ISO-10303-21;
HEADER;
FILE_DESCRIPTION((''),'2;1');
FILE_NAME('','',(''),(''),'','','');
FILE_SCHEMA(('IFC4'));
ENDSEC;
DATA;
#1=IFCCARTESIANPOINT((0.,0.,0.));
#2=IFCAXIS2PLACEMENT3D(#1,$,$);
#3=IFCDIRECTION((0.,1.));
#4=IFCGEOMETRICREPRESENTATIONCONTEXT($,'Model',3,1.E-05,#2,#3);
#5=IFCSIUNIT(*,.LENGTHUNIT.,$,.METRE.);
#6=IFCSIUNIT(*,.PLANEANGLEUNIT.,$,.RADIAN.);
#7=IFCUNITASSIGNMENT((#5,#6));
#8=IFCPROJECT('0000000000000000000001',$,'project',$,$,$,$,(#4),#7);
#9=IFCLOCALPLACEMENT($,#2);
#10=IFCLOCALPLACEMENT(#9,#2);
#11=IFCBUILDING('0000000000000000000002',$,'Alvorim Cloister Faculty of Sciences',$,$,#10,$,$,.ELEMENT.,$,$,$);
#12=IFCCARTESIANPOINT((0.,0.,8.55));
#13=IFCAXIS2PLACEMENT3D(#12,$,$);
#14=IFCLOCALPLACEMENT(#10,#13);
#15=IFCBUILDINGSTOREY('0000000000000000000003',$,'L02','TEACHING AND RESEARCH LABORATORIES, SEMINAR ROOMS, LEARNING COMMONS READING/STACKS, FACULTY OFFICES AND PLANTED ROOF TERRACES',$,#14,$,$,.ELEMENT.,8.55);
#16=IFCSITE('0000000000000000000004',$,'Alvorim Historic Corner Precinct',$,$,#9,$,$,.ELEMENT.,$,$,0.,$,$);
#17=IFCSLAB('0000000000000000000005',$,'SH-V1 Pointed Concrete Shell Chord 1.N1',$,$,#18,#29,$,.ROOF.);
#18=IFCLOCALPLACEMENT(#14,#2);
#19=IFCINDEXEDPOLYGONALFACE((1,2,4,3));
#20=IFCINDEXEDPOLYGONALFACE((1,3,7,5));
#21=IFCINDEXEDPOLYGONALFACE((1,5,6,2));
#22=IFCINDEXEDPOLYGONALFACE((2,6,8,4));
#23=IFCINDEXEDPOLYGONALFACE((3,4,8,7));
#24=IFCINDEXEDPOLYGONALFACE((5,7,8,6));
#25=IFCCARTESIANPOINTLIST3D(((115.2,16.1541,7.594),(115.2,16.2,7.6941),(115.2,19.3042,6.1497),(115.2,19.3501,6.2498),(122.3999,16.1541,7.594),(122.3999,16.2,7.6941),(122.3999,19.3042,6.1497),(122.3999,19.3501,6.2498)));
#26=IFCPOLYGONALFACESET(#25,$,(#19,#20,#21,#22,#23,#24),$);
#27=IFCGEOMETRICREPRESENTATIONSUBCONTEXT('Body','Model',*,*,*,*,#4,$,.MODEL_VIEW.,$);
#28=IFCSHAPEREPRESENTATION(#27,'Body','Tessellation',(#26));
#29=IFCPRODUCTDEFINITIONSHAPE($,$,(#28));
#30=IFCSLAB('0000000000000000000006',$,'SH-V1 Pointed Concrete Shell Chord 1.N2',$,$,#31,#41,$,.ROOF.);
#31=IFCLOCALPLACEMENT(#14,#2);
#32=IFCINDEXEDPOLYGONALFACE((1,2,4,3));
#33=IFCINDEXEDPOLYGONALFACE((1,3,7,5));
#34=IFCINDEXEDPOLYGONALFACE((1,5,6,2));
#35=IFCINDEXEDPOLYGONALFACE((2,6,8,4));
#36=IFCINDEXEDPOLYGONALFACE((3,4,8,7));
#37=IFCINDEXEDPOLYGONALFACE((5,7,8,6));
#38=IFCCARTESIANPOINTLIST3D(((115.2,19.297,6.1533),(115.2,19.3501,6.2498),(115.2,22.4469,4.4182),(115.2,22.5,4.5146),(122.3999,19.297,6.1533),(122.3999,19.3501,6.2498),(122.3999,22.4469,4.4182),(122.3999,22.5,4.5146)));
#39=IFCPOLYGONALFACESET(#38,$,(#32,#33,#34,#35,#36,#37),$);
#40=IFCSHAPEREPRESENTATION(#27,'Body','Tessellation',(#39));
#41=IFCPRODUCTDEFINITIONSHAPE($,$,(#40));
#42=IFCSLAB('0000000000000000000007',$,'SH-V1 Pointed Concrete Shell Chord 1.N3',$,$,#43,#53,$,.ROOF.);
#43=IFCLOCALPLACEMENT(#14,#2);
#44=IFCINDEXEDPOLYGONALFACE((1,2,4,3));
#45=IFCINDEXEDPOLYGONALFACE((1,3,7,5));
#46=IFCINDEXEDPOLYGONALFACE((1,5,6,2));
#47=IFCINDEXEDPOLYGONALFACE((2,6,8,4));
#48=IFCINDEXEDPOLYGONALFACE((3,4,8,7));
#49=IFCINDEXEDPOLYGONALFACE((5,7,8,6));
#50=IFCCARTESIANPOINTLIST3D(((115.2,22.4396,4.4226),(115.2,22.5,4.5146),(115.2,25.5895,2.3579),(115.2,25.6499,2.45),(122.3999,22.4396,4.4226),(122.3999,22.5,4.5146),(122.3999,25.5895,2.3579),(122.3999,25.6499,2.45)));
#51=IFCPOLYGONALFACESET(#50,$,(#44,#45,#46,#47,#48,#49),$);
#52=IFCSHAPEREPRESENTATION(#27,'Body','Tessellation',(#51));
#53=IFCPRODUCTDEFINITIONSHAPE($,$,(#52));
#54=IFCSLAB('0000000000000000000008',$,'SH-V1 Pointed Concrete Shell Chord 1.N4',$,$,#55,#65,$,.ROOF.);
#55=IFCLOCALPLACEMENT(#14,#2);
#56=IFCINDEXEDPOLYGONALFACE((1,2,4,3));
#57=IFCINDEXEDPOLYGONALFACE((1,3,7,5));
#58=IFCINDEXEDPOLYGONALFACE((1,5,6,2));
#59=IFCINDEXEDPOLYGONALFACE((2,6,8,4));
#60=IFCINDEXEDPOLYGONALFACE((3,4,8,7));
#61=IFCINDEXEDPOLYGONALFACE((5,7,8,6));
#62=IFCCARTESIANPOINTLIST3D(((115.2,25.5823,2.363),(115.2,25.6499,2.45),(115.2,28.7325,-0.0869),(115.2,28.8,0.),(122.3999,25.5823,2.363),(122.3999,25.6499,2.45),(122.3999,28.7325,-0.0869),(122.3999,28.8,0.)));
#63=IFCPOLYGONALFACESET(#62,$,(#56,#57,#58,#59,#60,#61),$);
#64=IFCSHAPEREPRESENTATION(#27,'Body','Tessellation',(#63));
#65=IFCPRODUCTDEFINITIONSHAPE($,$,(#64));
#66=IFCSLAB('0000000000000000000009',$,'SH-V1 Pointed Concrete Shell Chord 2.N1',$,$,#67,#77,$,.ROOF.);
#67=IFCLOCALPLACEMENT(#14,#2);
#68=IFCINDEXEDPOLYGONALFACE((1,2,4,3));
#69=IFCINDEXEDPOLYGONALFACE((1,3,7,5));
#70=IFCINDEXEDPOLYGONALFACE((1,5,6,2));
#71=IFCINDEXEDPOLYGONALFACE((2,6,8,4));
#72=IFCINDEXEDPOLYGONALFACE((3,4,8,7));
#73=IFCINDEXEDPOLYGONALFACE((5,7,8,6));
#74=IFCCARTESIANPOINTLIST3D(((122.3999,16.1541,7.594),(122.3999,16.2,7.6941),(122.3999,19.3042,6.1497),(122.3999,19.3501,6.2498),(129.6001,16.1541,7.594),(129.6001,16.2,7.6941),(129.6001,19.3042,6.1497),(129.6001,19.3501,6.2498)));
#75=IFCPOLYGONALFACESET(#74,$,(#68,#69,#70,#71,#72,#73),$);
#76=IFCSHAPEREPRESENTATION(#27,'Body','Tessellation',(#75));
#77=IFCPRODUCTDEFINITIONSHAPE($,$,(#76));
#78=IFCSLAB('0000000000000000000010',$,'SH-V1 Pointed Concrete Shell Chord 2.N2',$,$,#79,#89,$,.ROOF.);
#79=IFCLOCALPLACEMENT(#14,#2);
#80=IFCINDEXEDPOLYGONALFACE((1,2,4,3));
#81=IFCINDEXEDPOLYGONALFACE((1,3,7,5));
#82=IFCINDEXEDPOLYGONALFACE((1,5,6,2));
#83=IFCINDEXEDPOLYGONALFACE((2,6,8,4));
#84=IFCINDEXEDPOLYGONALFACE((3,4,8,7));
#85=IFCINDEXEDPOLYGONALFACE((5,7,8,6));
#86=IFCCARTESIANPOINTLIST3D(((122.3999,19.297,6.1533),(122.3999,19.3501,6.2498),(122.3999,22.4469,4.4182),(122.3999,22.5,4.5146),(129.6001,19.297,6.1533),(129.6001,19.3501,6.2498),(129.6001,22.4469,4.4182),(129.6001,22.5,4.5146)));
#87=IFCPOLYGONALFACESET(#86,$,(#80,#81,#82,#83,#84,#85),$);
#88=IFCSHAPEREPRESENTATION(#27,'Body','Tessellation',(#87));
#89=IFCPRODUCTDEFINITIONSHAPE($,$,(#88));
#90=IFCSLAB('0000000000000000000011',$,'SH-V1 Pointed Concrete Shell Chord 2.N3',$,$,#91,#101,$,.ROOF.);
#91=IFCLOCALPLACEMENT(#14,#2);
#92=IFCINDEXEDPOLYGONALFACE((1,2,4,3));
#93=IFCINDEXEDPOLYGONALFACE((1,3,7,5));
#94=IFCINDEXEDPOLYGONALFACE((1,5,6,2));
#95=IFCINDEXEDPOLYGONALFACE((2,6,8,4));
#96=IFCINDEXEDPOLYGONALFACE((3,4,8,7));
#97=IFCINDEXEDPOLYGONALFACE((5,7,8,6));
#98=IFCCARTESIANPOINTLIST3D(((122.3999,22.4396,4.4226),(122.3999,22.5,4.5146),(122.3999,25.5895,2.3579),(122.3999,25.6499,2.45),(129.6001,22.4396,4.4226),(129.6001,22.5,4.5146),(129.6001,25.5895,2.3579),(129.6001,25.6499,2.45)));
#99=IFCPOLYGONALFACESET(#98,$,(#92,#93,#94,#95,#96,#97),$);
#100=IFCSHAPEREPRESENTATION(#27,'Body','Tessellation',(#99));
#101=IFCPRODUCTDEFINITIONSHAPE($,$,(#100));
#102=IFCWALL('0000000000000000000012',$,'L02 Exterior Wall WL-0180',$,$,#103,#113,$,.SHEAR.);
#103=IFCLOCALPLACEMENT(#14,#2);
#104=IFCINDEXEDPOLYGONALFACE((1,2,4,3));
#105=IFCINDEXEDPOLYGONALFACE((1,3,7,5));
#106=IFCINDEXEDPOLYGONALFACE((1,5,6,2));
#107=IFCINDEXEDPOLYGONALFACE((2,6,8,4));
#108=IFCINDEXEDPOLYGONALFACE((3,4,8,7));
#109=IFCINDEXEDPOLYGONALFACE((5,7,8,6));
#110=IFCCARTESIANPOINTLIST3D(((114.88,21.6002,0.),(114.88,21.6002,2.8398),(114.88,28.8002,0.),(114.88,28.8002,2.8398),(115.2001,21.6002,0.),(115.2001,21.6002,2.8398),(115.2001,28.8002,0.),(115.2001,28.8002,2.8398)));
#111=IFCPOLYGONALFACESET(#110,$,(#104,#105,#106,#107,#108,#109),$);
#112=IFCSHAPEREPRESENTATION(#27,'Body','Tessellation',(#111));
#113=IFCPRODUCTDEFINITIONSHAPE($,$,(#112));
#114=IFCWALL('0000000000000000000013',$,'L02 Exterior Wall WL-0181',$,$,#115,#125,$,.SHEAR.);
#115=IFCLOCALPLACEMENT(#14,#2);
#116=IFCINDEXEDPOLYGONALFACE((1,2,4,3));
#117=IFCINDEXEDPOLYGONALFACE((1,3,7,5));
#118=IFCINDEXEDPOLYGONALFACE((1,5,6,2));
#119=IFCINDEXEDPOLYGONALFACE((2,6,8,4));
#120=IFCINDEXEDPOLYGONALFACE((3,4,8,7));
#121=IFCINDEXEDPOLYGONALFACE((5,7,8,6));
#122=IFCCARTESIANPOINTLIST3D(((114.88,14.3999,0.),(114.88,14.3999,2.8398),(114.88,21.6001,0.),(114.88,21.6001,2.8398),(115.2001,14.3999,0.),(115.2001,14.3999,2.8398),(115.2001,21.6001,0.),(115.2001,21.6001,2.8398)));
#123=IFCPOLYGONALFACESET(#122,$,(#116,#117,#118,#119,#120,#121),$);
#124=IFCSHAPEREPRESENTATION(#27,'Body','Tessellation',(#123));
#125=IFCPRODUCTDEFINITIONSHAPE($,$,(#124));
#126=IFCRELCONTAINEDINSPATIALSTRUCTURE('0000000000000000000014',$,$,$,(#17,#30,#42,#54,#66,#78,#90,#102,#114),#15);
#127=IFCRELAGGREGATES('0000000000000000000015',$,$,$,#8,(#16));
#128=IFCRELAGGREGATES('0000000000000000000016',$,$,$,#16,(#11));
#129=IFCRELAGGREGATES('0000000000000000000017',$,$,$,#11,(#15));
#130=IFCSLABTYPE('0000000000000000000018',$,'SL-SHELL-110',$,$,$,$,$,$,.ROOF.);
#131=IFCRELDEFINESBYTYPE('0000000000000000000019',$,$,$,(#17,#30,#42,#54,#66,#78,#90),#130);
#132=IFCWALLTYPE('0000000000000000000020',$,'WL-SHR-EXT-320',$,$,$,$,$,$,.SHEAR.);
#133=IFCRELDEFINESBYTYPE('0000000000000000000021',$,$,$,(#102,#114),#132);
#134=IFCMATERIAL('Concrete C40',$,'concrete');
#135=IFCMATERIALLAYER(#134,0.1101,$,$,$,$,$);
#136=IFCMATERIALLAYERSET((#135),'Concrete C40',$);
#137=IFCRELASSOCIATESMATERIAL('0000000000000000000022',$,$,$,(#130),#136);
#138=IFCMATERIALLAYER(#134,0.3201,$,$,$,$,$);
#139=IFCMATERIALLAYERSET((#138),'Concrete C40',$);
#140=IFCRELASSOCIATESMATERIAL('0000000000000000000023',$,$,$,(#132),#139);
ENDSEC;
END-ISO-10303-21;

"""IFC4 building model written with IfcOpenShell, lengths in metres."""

from ifc_helpers import new_model, si_unit, direction, frame, frame_2d, origin, place, context, subcontext, project, spatial, polyline, rectangle, outline, extrude, material, layer, layer_set, type_object, element, save


model = new_model("IFC4")

# Units and contexts
model_context = context("Model", 3, precision=1e-05, world=origin(), true_north=direction((0.0, 1.0)))
body_context = subcontext(model_context, "Body", "Model", "MODEL_VIEW")
ifc_project = project(units=[si_unit("LENGTHUNIT", "METRE"), si_unit("PLANEANGLEUNIT", "RADIAN")], contexts=[model_context])

# Site, building, storey
site_placement = place(None, origin())
site = spatial("IfcSite", under=ifc_project, at=site_placement, Name="Alvorim Historic Corner Precinct", CompositionType="ELEMENT", RefElevation=0.0)
building_placement = place(site_placement, origin())
building = spatial("IfcBuilding", under=site, at=building_placement, Name="Alvorim Cloister Faculty of Sciences", CompositionType="ELEMENT")
storey_placement = place(building_placement, frame((0.0, 0.0, 8.55)))
storey = spatial("IfcBuildingStorey", under=building, at=storey_placement, Name="L02", Description="TEACHING AND RESEARCH LABORATORIES, SEMINAR ROOMS, LEARNING COMMONS READING/STACKS, FACULTY OFFICES AND PLANTED ROOF TERRACES", CompositionType="ELEMENT", Elevation=8.55)

# Shared definitions
ifc_material_1 = material(Name="Concrete C40", Category="concrete")

# Slabs
ifc_layer_1 = layer(ifc_material_1, 0.1101)
ifc_layer_set_1 = layer_set([ifc_layer_1], Name="Concrete C40")
slab_type = type_object("IfcSlabType", Name="SL-SHELL-110", PredefinedType="ROOF", material=ifc_layer_set_1)
slab_1_placement = place(storey_placement, frame((115.2, 16.2, 7.6941), z_axis=(0.0, 0.416778, 0.909008), x_axis=(1.0, 0.0, 0.0)))
element("IfcSlab", 1, at=slab_1_placement, inside=storey, type_object=slab_type, Name="SH-V1 Pointed Concrete Shell Chord 1.N1", PredefinedType="ROOF", context=body_context, shape_type="SweptSolid", body=[
    extrude(outline(polyline([(0.0, 0.0), (7.2, 0.0), (7.2, 3.4655), (0.0, 3.4655), (0.0, 0.0)])), origin(), (0.0, 0.0, -1.0), 0.1101),
])
slab_2_placement = place(storey_placement, frame((115.2, 19.3501, 6.2498), z_axis=(0.0, 0.482487, 0.875903), x_axis=(1.0, 0.0, 0.0)))
element("IfcSlab", 2, at=slab_2_placement, inside=storey, type_object=slab_type, Name="SH-V1 Pointed Concrete Shell Chord 1.N2", PredefinedType="ROOF", context=body_context, shape_type="SweptSolid", body=[
    extrude(outline(polyline([(0.0, 0.0), (7.2, 0.0), (7.2, 3.5962), (0.0, 3.5962), (0.0, 0.0)])), origin(), (0.0, 0.0, -1.0), 0.1101),
])
slab_3_placement = place(storey_placement, frame((115.2, 22.5, 4.5146), z_axis=(0.0, 0.548206, 0.836343), x_axis=(1.0, 0.0, 0.0)))
element("IfcSlab", 3, at=slab_3_placement, inside=storey, type_object=slab_type, Name="SH-V1 Pointed Concrete Shell Chord 1.N3", PredefinedType="ROOF", context=body_context, shape_type="SweptSolid", body=[
    extrude(outline(polyline([(0.0, 0.0), (7.2, 0.0), (7.2, 3.7663), (0.0, 3.7663), (0.0, 0.0)])), origin(), (0.0, 0.0, -1.0), 0.1101),
])
slab_4_placement = place(storey_placement, frame((115.2, 25.6499, 2.45), z_axis=(0.0, 0.613915, 0.789372), x_axis=(1.0, 0.0, 0.0)))
element("IfcSlab", 4, at=slab_4_placement, inside=storey, type_object=slab_type, Name="SH-V1 Pointed Concrete Shell Chord 1.N4", PredefinedType="ROOF", context=body_context, shape_type="SweptSolid", body=[
    extrude(outline(polyline([(0.0, 0.0), (7.2, 0.0), (7.2, 3.9907), (0.0, 3.9907), (0.0, 0.0)])), origin(), (0.0, 0.0, -1.0), 0.1101),
])
slab_5_placement = place(storey_placement, frame((122.3999, 16.2, 7.6941), z_axis=(0.0, 0.416778, 0.909008), x_axis=(1.0, 0.0, 0.0)))
element("IfcSlab", 5, at=slab_5_placement, inside=storey, type_object=slab_type, Name="SH-V1 Pointed Concrete Shell Chord 2.N1", PredefinedType="ROOF", context=body_context, shape_type="SweptSolid", body=[
    extrude(outline(polyline([(0.0, 0.0), (7.2002, 0.0), (7.2002, 3.4655), (0.0, 3.4655), (0.0, 0.0)])), origin(), (0.0, 0.0, -1.0), 0.1101),
])
slab_6_placement = place(storey_placement, frame((122.3999, 19.3501, 6.2498), z_axis=(0.0, 0.482487, 0.875903), x_axis=(1.0, 0.0, 0.0)))
element("IfcSlab", 6, at=slab_6_placement, inside=storey, type_object=slab_type, Name="SH-V1 Pointed Concrete Shell Chord 2.N2", PredefinedType="ROOF", context=body_context, shape_type="SweptSolid", body=[
    extrude(outline(polyline([(0.0, 0.0), (7.2002, 0.0), (7.2002, 3.5962), (0.0, 3.5962), (0.0, 0.0)])), origin(), (0.0, 0.0, -1.0), 0.1101),
])
slab_7_placement = place(storey_placement, frame((122.3999, 22.5, 4.5146), z_axis=(0.0, 0.548206, 0.836343), x_axis=(1.0, 0.0, 0.0)))
element("IfcSlab", 7, at=slab_7_placement, inside=storey, type_object=slab_type, Name="SH-V1 Pointed Concrete Shell Chord 2.N3", PredefinedType="ROOF", context=body_context, shape_type="SweptSolid", body=[
    extrude(outline(polyline([(0.0, 0.0), (7.2002, 0.0), (7.2002, 3.7663), (0.0, 3.7663), (0.0, 0.0)])), origin(), (0.0, 0.0, -1.0), 0.1101),
])

# Walls
ifc_layer_2 = layer(ifc_material_1, 0.3201)
ifc_layer_set_2 = layer_set([ifc_layer_2], Name="Concrete C40")
wall_type = type_object("IfcWallType", Name="WL-SHR-EXT-320", PredefinedType="SHEAR", material=ifc_layer_set_2)
wall_1_placement = place(storey_placement, frame((115.04, 21.6001, 0.0), z_axis=(0.0, 0.0, 1.0), x_axis=(0.0, 1.0, 0.0)))
element("IfcWall", 8, at=wall_1_placement, inside=storey, type_object=wall_type, Name="L02 Exterior Wall WL-0180", PredefinedType="SHEAR", context=body_context, shape_type="SweptSolid", body=[
    extrude(rectangle(XDim=7.2, YDim=0.3201, at=frame_2d((3.6001, 0.0))), origin(), (0.0, 0.0, 1.0), 2.8398),
])
wall_2_placement = place(storey_placement, frame((115.04, 14.3999, 0.0), z_axis=(0.0, 0.0, 1.0), x_axis=(0.0, 1.0, 0.0)))
element("IfcWall", 9, at=wall_2_placement, inside=storey, type_object=wall_type, Name="L02 Exterior Wall WL-0181", PredefinedType="SHEAR", context=body_context, shape_type="SweptSolid", body=[
    extrude(rectangle(XDim=7.2002, YDim=0.3201, at=frame_2d((3.6001, 0.0))), origin(), (0.0, 0.0, 1.0), 2.8398),
])

save(model, "model.ifc")
